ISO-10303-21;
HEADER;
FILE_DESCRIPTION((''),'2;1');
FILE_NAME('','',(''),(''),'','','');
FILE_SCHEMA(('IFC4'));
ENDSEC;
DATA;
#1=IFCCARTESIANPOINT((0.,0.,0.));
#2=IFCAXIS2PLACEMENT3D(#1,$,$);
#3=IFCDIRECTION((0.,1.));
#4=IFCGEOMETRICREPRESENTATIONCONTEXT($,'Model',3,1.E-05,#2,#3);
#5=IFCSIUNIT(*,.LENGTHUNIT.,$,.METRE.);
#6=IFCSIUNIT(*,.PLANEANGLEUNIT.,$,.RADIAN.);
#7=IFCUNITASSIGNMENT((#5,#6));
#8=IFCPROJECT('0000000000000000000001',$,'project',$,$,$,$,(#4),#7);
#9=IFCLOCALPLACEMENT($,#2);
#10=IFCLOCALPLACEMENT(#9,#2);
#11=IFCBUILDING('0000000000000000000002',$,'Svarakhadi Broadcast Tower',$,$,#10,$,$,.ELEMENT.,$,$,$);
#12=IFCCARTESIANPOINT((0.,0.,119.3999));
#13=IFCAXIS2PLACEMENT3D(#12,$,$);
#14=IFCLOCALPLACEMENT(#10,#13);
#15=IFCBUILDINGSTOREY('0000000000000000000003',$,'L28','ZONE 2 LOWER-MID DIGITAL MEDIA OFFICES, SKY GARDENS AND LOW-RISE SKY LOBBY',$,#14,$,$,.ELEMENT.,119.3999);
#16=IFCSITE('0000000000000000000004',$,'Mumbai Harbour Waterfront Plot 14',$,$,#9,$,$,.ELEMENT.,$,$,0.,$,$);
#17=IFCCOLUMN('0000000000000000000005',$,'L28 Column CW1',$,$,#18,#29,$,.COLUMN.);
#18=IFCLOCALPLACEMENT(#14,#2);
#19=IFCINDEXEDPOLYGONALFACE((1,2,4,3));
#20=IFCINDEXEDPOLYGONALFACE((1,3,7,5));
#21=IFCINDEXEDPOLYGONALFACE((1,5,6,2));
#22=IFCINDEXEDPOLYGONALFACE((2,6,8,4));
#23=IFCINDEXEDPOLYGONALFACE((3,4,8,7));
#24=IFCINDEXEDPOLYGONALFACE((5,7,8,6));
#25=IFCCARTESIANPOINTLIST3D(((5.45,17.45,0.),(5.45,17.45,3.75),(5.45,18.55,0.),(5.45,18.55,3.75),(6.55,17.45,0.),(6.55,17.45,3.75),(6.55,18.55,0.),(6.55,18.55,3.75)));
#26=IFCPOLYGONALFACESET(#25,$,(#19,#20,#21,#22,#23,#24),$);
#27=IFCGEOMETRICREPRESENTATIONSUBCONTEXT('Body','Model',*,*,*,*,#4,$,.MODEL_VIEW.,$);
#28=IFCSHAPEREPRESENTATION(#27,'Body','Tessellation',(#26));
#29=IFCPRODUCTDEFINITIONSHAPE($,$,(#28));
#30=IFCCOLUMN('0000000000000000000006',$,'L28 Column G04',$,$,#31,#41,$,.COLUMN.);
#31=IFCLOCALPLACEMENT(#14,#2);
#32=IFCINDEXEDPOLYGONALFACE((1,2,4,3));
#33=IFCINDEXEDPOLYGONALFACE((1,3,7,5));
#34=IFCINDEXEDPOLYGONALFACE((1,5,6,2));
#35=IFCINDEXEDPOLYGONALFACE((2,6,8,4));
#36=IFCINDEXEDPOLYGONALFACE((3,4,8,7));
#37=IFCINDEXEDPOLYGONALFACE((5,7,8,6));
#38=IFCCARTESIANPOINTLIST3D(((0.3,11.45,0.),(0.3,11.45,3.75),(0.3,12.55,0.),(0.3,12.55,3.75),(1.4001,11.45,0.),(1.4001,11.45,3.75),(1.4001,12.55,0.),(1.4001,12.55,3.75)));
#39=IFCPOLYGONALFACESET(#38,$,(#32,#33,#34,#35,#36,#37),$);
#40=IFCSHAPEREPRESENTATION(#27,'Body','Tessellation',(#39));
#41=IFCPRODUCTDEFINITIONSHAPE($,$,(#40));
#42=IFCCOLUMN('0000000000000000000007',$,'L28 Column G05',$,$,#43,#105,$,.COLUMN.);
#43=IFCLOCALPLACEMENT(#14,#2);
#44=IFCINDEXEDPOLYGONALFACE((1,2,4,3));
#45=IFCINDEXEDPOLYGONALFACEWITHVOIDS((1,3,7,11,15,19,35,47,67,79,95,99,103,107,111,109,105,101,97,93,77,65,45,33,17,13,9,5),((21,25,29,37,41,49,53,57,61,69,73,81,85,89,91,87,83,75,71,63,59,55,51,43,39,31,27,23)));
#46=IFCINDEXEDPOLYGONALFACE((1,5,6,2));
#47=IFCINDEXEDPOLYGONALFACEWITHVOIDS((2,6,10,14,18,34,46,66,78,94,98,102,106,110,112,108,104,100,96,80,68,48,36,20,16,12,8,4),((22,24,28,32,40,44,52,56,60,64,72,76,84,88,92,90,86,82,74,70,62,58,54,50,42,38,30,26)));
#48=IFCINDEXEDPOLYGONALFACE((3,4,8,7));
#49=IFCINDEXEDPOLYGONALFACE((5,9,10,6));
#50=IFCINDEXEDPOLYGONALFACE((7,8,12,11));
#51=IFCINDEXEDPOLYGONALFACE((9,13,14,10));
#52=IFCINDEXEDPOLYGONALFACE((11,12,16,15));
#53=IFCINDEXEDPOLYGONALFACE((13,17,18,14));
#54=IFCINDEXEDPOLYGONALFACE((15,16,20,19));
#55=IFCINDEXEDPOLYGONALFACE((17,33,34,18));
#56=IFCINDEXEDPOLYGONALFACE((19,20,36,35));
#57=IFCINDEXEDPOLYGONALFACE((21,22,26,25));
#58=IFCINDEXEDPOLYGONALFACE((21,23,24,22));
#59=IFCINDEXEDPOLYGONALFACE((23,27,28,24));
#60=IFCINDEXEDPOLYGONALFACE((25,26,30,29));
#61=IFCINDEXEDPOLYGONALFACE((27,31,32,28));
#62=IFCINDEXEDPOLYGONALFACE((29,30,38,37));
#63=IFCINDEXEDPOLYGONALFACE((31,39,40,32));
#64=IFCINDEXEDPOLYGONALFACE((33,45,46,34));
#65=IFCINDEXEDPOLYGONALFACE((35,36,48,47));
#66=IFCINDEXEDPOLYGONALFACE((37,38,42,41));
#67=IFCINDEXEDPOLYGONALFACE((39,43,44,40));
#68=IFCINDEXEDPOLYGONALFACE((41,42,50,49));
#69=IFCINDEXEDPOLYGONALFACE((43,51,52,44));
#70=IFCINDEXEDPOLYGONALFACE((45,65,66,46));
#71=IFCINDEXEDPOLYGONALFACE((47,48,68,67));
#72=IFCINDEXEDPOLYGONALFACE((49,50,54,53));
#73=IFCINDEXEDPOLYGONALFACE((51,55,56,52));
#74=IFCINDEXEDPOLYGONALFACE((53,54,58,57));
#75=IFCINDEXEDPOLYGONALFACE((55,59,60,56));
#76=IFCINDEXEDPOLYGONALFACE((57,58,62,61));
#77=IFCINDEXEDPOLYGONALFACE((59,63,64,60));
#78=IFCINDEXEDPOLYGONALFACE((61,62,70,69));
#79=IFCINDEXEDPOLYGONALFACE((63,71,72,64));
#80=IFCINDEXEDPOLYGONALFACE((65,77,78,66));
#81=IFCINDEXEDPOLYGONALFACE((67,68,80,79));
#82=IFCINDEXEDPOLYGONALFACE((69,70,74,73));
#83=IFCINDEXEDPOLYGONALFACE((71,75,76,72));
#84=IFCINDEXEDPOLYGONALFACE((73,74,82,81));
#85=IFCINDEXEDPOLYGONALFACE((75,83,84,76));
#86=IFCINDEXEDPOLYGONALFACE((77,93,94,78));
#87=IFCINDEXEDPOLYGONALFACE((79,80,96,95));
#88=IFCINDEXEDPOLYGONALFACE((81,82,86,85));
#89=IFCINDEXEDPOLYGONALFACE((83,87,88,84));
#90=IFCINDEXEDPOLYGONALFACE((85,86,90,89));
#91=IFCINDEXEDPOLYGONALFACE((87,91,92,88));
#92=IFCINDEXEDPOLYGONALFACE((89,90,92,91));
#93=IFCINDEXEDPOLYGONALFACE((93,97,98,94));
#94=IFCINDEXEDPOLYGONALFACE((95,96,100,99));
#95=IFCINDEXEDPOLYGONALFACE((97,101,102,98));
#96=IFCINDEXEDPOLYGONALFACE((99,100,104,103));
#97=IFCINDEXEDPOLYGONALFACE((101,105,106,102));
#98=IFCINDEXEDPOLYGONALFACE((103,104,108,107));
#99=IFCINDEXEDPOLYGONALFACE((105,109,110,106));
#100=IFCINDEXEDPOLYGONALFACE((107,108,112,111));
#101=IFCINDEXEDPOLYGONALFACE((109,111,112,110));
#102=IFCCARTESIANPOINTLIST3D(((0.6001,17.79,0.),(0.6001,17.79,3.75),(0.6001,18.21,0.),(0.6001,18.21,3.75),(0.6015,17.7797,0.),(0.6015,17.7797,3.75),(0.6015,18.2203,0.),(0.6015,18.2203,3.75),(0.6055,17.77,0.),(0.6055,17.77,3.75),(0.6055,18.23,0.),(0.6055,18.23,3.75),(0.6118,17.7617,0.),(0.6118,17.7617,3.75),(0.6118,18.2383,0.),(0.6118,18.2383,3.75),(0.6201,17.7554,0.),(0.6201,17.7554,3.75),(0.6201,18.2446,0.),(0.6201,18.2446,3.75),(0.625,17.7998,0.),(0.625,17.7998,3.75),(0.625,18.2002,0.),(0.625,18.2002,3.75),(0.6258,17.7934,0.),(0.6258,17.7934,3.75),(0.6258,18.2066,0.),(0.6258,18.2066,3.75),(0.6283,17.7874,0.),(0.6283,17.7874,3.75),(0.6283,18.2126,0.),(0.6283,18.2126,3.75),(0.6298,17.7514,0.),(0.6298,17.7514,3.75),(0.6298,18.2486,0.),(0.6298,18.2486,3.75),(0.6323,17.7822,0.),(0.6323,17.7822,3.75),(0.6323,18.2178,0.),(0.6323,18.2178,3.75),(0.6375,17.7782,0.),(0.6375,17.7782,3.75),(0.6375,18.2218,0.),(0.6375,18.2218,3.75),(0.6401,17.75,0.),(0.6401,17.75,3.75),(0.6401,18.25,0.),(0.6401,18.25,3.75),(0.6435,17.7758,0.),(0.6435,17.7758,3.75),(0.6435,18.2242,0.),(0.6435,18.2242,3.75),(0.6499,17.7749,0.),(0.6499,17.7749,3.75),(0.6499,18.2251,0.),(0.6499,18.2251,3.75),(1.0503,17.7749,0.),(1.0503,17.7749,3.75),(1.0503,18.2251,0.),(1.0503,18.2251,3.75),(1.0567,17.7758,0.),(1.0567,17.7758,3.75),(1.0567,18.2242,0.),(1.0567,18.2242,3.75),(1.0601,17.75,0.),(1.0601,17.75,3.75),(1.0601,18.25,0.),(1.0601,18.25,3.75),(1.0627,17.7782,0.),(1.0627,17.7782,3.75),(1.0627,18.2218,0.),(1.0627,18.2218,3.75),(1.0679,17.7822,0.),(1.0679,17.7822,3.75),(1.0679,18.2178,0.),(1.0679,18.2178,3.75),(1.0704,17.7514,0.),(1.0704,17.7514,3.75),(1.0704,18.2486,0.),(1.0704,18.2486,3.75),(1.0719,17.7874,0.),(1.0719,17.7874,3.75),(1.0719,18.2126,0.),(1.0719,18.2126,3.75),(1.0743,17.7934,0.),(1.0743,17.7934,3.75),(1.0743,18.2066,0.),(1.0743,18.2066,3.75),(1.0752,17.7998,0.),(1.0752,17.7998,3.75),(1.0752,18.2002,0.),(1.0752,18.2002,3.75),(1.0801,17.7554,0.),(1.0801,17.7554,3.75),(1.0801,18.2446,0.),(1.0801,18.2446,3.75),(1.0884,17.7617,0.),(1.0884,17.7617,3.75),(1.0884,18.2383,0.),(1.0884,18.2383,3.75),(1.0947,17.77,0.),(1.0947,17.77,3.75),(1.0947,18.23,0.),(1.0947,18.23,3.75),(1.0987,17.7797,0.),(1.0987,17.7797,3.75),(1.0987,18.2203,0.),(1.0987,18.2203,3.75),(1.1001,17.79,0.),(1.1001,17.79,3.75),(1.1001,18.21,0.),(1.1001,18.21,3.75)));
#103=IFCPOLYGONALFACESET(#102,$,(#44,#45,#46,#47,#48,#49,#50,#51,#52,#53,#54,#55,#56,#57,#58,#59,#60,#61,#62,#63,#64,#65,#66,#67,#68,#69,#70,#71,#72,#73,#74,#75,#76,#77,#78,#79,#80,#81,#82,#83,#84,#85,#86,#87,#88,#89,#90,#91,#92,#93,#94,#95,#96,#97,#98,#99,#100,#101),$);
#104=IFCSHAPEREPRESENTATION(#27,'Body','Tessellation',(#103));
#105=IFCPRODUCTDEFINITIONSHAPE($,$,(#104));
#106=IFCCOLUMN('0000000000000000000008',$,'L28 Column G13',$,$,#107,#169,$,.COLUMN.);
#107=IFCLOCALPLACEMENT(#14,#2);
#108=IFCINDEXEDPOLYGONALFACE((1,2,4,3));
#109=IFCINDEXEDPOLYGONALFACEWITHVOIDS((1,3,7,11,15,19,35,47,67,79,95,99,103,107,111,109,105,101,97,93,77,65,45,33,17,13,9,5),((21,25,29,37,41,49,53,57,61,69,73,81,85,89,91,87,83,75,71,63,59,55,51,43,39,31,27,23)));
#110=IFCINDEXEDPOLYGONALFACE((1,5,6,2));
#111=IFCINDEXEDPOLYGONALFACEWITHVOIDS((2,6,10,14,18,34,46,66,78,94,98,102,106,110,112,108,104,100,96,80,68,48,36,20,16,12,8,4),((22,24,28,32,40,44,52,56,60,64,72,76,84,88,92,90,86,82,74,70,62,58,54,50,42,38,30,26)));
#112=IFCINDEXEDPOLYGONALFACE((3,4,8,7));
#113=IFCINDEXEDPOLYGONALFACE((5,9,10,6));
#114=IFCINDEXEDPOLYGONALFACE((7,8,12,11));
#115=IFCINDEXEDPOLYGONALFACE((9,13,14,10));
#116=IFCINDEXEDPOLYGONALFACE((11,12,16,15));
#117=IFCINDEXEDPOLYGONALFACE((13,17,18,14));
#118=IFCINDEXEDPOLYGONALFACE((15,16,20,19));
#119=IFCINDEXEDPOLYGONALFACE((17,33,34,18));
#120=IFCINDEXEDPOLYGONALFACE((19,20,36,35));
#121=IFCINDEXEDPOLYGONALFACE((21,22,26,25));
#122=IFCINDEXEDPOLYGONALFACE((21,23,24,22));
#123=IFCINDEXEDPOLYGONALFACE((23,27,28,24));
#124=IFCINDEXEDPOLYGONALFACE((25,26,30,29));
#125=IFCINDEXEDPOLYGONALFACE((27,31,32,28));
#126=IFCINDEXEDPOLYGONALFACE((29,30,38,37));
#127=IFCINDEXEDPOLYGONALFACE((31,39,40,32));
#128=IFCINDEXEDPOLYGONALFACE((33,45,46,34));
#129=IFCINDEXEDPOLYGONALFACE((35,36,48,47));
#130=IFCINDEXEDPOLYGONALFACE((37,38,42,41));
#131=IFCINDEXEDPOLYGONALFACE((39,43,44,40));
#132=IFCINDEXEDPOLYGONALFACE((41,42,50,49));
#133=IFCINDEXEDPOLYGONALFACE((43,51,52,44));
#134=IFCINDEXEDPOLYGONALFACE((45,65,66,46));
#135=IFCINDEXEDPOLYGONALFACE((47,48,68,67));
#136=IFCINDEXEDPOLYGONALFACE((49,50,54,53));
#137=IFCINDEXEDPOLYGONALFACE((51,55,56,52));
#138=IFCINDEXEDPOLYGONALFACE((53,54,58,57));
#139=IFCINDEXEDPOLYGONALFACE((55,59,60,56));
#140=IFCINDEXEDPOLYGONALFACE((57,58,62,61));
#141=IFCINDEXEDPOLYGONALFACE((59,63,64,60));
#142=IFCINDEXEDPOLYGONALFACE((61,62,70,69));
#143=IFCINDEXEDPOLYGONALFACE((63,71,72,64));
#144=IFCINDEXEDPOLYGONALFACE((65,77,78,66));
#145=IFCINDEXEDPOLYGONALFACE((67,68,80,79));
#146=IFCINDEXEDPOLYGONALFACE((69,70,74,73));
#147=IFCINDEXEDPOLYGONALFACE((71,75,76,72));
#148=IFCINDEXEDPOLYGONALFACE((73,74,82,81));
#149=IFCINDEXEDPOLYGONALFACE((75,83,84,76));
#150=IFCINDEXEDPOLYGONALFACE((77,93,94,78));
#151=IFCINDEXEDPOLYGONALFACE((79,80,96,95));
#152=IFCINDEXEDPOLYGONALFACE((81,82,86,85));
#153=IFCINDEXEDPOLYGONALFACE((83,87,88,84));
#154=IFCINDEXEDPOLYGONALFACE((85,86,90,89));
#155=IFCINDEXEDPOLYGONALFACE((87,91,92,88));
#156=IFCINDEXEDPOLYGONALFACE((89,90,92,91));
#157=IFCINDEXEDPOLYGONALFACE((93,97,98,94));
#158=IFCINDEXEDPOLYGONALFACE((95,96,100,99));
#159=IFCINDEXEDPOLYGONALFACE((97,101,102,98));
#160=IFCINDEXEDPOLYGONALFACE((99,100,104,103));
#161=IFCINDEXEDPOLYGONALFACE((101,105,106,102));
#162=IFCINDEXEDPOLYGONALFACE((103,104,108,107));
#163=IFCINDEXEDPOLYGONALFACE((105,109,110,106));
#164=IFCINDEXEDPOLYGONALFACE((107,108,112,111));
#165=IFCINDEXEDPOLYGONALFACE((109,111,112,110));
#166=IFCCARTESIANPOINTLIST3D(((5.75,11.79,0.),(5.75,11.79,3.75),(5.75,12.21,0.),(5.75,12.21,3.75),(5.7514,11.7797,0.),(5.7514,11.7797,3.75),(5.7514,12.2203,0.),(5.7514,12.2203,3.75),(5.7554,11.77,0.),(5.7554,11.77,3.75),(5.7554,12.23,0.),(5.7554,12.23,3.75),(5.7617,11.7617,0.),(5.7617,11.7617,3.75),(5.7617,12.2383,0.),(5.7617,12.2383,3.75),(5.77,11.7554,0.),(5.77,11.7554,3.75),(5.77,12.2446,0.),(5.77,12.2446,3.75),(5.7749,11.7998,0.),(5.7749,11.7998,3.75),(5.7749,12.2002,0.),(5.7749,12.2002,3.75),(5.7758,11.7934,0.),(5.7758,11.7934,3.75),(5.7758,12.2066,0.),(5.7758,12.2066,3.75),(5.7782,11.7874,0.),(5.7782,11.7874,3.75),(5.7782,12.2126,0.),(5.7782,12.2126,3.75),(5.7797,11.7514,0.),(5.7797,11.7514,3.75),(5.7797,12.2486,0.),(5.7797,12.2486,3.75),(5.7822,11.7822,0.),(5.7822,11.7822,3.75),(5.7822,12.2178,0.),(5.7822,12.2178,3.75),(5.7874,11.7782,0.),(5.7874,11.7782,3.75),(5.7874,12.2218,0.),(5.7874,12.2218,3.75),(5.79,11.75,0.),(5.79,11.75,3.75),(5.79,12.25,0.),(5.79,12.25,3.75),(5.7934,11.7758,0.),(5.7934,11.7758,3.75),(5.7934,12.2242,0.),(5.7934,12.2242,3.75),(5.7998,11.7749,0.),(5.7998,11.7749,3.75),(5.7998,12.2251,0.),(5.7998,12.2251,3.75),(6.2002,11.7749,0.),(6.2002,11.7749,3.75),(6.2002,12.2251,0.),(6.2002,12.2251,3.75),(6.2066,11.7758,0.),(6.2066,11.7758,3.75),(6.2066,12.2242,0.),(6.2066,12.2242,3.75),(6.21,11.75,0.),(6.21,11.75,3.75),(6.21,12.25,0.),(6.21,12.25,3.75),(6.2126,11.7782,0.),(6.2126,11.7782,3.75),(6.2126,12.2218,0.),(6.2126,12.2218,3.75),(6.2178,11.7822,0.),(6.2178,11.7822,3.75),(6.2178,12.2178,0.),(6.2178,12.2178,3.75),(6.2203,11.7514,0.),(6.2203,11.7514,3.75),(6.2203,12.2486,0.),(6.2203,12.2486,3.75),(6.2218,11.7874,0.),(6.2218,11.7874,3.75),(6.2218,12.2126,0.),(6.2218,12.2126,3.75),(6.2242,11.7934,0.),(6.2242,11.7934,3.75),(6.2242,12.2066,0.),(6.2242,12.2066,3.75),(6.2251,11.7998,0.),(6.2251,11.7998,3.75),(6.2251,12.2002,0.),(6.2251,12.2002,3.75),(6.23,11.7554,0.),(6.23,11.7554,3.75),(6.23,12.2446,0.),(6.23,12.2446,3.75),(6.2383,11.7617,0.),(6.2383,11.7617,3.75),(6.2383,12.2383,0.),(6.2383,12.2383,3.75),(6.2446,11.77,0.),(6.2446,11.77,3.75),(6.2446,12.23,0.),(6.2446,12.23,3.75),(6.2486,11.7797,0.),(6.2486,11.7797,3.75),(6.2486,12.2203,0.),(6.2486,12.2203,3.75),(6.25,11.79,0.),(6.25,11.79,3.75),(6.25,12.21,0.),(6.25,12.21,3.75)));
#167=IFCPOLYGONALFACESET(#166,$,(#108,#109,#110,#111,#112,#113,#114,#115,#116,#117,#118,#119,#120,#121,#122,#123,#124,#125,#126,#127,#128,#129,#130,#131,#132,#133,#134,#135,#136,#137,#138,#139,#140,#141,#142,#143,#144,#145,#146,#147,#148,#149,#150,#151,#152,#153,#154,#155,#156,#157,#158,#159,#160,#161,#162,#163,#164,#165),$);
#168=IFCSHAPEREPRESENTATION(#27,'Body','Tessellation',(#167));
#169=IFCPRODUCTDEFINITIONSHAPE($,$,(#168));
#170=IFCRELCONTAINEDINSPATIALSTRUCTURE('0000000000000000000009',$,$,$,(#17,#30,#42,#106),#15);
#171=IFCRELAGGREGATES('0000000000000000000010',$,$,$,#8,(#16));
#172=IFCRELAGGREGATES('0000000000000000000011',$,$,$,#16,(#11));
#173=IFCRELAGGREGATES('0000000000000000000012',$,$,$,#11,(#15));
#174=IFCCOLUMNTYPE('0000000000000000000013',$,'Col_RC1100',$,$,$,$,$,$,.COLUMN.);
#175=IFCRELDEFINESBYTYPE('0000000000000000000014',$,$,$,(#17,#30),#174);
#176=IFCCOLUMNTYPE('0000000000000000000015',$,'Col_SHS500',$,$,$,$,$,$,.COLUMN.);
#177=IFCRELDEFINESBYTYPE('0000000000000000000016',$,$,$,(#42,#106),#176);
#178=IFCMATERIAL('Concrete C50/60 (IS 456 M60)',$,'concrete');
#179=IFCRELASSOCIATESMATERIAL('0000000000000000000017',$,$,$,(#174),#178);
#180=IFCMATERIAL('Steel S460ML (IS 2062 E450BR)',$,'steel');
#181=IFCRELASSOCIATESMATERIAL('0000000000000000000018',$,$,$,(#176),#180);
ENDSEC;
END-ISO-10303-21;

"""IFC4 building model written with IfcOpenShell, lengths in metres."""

from ifc_helpers import new_model, si_unit, direction, frame, origin, origin_2d, place, context, subcontext, project, spatial, rectangle, hollow_rectangle, extrude, material, material_profile, profile_set, type_object, element, save


model = new_model("IFC4")

# Units and contexts
model_context = context("Model", 3, precision=1e-05, world=origin(), true_north=direction((0.0, 1.0)))
body_context = subcontext(model_context, "Body", "Model", "MODEL_VIEW")
ifc_project = project(units=[si_unit("LENGTHUNIT", "METRE"), si_unit("PLANEANGLEUNIT", "RADIAN")], contexts=[model_context])

# Site, building, storey
site_placement = place(None, origin())
site = spatial("IfcSite", under=ifc_project, at=site_placement, Name="Mumbai Harbour Waterfront Plot 14", CompositionType="ELEMENT", RefElevation=0.0)
building_placement = place(site_placement, origin())
building = spatial("IfcBuilding", under=site, at=building_placement, Name="Svarakhadi Broadcast Tower", CompositionType="ELEMENT")
storey_placement = place(building_placement, frame((0.0, 0.0, 119.3999)))
storey = spatial("IfcBuildingStorey", under=building, at=storey_placement, Name="L28", Description="ZONE 2 LOWER-MID DIGITAL MEDIA OFFICES, SKY GARDENS AND LOW-RISE SKY LOBBY", CompositionType="ELEMENT", Elevation=119.3999)

# Columns
ifc_material_1 = material(Name="Concrete C50/60 (IS 456 M60)", Category="concrete")
ifc_material_profile_1 = material_profile(ifc_material_1, rectangle(XDim=1.1001, YDim=1.1001, at=origin_2d()), Name="RC 1100x1100")
ifc_profile_set_1 = profile_set([ifc_material_profile_1], Name="Concrete C50/60 (IS 456 M60)")
column_type_1 = type_object("IfcColumnType", Name="Col_RC1100", PredefinedType="COLUMN", material=ifc_profile_set_1)
for number, where, z_axis, x_axis, name in (
    (1, (6.0, 18.0, 0.0), (0.0, 0.0, 1.0), (1.0, 0.0, 0.0), "L28 Column CW1"),
    (2, (0.8501, 12.0, 0.0), (0.0, 0.0, 1.0), (1.0, 0.0, 0.0), "L28 Column G04"),
):
    element("IfcColumn", number, at=place(storey_placement, frame(where, z_axis=z_axis, x_axis=x_axis)), inside=storey, type_object=column_type_1, Name=name, PredefinedType="COLUMN", context=body_context, shape_type="SweptSolid", body=[
        extrude(rectangle(XDim=1.1001, YDim=1.1001, at=origin_2d()), origin(), (0.0, 0.0, 1.0), 3.75),
    ])
ifc_material_2 = material(Name="Steel S460ML (IS 2062 E450BR)", Category="steel")
ifc_material_profile_2 = material_profile(ifc_material_2, hollow_rectangle(XDim=0.5, YDim=0.5, WallThickness=0.0249, InnerFilletRadius=0.0249, OuterFilletRadius=0.04, at=origin_2d()), Name="SHS 500x500x25")
ifc_profile_set_2 = profile_set([ifc_material_profile_2], Name="Steel S460ML (IS 2062 E450BR)")
column_type_2 = type_object("IfcColumnType", Name="Col_SHS500", PredefinedType="COLUMN", material=ifc_profile_set_2)
for number, where, z_axis, x_axis, name in (
    (3, (0.8501, 18.0, 0.0), (0.0, 0.0, 1.0), (1.0, 0.0, 0.0), "L28 Column G05"),
    (4, (6.0, 12.0, 0.0), (0.0, 0.0, 1.0), (1.0, 0.0, 0.0), "L28 Column G13"),
):
    element("IfcColumn", number, at=place(storey_placement, frame(where, z_axis=z_axis, x_axis=x_axis)), inside=storey, type_object=column_type_2, Name=name, PredefinedType="COLUMN", context=body_context, shape_type="SweptSolid", body=[
        extrude(hollow_rectangle(XDim=0.5, YDim=0.5, WallThickness=0.0249, InnerFilletRadius=0.0249, OuterFilletRadius=0.04, at=origin_2d()), origin(), (0.0, 0.0, 1.0), 3.75),
    ])

save(model, "model.ifc")
